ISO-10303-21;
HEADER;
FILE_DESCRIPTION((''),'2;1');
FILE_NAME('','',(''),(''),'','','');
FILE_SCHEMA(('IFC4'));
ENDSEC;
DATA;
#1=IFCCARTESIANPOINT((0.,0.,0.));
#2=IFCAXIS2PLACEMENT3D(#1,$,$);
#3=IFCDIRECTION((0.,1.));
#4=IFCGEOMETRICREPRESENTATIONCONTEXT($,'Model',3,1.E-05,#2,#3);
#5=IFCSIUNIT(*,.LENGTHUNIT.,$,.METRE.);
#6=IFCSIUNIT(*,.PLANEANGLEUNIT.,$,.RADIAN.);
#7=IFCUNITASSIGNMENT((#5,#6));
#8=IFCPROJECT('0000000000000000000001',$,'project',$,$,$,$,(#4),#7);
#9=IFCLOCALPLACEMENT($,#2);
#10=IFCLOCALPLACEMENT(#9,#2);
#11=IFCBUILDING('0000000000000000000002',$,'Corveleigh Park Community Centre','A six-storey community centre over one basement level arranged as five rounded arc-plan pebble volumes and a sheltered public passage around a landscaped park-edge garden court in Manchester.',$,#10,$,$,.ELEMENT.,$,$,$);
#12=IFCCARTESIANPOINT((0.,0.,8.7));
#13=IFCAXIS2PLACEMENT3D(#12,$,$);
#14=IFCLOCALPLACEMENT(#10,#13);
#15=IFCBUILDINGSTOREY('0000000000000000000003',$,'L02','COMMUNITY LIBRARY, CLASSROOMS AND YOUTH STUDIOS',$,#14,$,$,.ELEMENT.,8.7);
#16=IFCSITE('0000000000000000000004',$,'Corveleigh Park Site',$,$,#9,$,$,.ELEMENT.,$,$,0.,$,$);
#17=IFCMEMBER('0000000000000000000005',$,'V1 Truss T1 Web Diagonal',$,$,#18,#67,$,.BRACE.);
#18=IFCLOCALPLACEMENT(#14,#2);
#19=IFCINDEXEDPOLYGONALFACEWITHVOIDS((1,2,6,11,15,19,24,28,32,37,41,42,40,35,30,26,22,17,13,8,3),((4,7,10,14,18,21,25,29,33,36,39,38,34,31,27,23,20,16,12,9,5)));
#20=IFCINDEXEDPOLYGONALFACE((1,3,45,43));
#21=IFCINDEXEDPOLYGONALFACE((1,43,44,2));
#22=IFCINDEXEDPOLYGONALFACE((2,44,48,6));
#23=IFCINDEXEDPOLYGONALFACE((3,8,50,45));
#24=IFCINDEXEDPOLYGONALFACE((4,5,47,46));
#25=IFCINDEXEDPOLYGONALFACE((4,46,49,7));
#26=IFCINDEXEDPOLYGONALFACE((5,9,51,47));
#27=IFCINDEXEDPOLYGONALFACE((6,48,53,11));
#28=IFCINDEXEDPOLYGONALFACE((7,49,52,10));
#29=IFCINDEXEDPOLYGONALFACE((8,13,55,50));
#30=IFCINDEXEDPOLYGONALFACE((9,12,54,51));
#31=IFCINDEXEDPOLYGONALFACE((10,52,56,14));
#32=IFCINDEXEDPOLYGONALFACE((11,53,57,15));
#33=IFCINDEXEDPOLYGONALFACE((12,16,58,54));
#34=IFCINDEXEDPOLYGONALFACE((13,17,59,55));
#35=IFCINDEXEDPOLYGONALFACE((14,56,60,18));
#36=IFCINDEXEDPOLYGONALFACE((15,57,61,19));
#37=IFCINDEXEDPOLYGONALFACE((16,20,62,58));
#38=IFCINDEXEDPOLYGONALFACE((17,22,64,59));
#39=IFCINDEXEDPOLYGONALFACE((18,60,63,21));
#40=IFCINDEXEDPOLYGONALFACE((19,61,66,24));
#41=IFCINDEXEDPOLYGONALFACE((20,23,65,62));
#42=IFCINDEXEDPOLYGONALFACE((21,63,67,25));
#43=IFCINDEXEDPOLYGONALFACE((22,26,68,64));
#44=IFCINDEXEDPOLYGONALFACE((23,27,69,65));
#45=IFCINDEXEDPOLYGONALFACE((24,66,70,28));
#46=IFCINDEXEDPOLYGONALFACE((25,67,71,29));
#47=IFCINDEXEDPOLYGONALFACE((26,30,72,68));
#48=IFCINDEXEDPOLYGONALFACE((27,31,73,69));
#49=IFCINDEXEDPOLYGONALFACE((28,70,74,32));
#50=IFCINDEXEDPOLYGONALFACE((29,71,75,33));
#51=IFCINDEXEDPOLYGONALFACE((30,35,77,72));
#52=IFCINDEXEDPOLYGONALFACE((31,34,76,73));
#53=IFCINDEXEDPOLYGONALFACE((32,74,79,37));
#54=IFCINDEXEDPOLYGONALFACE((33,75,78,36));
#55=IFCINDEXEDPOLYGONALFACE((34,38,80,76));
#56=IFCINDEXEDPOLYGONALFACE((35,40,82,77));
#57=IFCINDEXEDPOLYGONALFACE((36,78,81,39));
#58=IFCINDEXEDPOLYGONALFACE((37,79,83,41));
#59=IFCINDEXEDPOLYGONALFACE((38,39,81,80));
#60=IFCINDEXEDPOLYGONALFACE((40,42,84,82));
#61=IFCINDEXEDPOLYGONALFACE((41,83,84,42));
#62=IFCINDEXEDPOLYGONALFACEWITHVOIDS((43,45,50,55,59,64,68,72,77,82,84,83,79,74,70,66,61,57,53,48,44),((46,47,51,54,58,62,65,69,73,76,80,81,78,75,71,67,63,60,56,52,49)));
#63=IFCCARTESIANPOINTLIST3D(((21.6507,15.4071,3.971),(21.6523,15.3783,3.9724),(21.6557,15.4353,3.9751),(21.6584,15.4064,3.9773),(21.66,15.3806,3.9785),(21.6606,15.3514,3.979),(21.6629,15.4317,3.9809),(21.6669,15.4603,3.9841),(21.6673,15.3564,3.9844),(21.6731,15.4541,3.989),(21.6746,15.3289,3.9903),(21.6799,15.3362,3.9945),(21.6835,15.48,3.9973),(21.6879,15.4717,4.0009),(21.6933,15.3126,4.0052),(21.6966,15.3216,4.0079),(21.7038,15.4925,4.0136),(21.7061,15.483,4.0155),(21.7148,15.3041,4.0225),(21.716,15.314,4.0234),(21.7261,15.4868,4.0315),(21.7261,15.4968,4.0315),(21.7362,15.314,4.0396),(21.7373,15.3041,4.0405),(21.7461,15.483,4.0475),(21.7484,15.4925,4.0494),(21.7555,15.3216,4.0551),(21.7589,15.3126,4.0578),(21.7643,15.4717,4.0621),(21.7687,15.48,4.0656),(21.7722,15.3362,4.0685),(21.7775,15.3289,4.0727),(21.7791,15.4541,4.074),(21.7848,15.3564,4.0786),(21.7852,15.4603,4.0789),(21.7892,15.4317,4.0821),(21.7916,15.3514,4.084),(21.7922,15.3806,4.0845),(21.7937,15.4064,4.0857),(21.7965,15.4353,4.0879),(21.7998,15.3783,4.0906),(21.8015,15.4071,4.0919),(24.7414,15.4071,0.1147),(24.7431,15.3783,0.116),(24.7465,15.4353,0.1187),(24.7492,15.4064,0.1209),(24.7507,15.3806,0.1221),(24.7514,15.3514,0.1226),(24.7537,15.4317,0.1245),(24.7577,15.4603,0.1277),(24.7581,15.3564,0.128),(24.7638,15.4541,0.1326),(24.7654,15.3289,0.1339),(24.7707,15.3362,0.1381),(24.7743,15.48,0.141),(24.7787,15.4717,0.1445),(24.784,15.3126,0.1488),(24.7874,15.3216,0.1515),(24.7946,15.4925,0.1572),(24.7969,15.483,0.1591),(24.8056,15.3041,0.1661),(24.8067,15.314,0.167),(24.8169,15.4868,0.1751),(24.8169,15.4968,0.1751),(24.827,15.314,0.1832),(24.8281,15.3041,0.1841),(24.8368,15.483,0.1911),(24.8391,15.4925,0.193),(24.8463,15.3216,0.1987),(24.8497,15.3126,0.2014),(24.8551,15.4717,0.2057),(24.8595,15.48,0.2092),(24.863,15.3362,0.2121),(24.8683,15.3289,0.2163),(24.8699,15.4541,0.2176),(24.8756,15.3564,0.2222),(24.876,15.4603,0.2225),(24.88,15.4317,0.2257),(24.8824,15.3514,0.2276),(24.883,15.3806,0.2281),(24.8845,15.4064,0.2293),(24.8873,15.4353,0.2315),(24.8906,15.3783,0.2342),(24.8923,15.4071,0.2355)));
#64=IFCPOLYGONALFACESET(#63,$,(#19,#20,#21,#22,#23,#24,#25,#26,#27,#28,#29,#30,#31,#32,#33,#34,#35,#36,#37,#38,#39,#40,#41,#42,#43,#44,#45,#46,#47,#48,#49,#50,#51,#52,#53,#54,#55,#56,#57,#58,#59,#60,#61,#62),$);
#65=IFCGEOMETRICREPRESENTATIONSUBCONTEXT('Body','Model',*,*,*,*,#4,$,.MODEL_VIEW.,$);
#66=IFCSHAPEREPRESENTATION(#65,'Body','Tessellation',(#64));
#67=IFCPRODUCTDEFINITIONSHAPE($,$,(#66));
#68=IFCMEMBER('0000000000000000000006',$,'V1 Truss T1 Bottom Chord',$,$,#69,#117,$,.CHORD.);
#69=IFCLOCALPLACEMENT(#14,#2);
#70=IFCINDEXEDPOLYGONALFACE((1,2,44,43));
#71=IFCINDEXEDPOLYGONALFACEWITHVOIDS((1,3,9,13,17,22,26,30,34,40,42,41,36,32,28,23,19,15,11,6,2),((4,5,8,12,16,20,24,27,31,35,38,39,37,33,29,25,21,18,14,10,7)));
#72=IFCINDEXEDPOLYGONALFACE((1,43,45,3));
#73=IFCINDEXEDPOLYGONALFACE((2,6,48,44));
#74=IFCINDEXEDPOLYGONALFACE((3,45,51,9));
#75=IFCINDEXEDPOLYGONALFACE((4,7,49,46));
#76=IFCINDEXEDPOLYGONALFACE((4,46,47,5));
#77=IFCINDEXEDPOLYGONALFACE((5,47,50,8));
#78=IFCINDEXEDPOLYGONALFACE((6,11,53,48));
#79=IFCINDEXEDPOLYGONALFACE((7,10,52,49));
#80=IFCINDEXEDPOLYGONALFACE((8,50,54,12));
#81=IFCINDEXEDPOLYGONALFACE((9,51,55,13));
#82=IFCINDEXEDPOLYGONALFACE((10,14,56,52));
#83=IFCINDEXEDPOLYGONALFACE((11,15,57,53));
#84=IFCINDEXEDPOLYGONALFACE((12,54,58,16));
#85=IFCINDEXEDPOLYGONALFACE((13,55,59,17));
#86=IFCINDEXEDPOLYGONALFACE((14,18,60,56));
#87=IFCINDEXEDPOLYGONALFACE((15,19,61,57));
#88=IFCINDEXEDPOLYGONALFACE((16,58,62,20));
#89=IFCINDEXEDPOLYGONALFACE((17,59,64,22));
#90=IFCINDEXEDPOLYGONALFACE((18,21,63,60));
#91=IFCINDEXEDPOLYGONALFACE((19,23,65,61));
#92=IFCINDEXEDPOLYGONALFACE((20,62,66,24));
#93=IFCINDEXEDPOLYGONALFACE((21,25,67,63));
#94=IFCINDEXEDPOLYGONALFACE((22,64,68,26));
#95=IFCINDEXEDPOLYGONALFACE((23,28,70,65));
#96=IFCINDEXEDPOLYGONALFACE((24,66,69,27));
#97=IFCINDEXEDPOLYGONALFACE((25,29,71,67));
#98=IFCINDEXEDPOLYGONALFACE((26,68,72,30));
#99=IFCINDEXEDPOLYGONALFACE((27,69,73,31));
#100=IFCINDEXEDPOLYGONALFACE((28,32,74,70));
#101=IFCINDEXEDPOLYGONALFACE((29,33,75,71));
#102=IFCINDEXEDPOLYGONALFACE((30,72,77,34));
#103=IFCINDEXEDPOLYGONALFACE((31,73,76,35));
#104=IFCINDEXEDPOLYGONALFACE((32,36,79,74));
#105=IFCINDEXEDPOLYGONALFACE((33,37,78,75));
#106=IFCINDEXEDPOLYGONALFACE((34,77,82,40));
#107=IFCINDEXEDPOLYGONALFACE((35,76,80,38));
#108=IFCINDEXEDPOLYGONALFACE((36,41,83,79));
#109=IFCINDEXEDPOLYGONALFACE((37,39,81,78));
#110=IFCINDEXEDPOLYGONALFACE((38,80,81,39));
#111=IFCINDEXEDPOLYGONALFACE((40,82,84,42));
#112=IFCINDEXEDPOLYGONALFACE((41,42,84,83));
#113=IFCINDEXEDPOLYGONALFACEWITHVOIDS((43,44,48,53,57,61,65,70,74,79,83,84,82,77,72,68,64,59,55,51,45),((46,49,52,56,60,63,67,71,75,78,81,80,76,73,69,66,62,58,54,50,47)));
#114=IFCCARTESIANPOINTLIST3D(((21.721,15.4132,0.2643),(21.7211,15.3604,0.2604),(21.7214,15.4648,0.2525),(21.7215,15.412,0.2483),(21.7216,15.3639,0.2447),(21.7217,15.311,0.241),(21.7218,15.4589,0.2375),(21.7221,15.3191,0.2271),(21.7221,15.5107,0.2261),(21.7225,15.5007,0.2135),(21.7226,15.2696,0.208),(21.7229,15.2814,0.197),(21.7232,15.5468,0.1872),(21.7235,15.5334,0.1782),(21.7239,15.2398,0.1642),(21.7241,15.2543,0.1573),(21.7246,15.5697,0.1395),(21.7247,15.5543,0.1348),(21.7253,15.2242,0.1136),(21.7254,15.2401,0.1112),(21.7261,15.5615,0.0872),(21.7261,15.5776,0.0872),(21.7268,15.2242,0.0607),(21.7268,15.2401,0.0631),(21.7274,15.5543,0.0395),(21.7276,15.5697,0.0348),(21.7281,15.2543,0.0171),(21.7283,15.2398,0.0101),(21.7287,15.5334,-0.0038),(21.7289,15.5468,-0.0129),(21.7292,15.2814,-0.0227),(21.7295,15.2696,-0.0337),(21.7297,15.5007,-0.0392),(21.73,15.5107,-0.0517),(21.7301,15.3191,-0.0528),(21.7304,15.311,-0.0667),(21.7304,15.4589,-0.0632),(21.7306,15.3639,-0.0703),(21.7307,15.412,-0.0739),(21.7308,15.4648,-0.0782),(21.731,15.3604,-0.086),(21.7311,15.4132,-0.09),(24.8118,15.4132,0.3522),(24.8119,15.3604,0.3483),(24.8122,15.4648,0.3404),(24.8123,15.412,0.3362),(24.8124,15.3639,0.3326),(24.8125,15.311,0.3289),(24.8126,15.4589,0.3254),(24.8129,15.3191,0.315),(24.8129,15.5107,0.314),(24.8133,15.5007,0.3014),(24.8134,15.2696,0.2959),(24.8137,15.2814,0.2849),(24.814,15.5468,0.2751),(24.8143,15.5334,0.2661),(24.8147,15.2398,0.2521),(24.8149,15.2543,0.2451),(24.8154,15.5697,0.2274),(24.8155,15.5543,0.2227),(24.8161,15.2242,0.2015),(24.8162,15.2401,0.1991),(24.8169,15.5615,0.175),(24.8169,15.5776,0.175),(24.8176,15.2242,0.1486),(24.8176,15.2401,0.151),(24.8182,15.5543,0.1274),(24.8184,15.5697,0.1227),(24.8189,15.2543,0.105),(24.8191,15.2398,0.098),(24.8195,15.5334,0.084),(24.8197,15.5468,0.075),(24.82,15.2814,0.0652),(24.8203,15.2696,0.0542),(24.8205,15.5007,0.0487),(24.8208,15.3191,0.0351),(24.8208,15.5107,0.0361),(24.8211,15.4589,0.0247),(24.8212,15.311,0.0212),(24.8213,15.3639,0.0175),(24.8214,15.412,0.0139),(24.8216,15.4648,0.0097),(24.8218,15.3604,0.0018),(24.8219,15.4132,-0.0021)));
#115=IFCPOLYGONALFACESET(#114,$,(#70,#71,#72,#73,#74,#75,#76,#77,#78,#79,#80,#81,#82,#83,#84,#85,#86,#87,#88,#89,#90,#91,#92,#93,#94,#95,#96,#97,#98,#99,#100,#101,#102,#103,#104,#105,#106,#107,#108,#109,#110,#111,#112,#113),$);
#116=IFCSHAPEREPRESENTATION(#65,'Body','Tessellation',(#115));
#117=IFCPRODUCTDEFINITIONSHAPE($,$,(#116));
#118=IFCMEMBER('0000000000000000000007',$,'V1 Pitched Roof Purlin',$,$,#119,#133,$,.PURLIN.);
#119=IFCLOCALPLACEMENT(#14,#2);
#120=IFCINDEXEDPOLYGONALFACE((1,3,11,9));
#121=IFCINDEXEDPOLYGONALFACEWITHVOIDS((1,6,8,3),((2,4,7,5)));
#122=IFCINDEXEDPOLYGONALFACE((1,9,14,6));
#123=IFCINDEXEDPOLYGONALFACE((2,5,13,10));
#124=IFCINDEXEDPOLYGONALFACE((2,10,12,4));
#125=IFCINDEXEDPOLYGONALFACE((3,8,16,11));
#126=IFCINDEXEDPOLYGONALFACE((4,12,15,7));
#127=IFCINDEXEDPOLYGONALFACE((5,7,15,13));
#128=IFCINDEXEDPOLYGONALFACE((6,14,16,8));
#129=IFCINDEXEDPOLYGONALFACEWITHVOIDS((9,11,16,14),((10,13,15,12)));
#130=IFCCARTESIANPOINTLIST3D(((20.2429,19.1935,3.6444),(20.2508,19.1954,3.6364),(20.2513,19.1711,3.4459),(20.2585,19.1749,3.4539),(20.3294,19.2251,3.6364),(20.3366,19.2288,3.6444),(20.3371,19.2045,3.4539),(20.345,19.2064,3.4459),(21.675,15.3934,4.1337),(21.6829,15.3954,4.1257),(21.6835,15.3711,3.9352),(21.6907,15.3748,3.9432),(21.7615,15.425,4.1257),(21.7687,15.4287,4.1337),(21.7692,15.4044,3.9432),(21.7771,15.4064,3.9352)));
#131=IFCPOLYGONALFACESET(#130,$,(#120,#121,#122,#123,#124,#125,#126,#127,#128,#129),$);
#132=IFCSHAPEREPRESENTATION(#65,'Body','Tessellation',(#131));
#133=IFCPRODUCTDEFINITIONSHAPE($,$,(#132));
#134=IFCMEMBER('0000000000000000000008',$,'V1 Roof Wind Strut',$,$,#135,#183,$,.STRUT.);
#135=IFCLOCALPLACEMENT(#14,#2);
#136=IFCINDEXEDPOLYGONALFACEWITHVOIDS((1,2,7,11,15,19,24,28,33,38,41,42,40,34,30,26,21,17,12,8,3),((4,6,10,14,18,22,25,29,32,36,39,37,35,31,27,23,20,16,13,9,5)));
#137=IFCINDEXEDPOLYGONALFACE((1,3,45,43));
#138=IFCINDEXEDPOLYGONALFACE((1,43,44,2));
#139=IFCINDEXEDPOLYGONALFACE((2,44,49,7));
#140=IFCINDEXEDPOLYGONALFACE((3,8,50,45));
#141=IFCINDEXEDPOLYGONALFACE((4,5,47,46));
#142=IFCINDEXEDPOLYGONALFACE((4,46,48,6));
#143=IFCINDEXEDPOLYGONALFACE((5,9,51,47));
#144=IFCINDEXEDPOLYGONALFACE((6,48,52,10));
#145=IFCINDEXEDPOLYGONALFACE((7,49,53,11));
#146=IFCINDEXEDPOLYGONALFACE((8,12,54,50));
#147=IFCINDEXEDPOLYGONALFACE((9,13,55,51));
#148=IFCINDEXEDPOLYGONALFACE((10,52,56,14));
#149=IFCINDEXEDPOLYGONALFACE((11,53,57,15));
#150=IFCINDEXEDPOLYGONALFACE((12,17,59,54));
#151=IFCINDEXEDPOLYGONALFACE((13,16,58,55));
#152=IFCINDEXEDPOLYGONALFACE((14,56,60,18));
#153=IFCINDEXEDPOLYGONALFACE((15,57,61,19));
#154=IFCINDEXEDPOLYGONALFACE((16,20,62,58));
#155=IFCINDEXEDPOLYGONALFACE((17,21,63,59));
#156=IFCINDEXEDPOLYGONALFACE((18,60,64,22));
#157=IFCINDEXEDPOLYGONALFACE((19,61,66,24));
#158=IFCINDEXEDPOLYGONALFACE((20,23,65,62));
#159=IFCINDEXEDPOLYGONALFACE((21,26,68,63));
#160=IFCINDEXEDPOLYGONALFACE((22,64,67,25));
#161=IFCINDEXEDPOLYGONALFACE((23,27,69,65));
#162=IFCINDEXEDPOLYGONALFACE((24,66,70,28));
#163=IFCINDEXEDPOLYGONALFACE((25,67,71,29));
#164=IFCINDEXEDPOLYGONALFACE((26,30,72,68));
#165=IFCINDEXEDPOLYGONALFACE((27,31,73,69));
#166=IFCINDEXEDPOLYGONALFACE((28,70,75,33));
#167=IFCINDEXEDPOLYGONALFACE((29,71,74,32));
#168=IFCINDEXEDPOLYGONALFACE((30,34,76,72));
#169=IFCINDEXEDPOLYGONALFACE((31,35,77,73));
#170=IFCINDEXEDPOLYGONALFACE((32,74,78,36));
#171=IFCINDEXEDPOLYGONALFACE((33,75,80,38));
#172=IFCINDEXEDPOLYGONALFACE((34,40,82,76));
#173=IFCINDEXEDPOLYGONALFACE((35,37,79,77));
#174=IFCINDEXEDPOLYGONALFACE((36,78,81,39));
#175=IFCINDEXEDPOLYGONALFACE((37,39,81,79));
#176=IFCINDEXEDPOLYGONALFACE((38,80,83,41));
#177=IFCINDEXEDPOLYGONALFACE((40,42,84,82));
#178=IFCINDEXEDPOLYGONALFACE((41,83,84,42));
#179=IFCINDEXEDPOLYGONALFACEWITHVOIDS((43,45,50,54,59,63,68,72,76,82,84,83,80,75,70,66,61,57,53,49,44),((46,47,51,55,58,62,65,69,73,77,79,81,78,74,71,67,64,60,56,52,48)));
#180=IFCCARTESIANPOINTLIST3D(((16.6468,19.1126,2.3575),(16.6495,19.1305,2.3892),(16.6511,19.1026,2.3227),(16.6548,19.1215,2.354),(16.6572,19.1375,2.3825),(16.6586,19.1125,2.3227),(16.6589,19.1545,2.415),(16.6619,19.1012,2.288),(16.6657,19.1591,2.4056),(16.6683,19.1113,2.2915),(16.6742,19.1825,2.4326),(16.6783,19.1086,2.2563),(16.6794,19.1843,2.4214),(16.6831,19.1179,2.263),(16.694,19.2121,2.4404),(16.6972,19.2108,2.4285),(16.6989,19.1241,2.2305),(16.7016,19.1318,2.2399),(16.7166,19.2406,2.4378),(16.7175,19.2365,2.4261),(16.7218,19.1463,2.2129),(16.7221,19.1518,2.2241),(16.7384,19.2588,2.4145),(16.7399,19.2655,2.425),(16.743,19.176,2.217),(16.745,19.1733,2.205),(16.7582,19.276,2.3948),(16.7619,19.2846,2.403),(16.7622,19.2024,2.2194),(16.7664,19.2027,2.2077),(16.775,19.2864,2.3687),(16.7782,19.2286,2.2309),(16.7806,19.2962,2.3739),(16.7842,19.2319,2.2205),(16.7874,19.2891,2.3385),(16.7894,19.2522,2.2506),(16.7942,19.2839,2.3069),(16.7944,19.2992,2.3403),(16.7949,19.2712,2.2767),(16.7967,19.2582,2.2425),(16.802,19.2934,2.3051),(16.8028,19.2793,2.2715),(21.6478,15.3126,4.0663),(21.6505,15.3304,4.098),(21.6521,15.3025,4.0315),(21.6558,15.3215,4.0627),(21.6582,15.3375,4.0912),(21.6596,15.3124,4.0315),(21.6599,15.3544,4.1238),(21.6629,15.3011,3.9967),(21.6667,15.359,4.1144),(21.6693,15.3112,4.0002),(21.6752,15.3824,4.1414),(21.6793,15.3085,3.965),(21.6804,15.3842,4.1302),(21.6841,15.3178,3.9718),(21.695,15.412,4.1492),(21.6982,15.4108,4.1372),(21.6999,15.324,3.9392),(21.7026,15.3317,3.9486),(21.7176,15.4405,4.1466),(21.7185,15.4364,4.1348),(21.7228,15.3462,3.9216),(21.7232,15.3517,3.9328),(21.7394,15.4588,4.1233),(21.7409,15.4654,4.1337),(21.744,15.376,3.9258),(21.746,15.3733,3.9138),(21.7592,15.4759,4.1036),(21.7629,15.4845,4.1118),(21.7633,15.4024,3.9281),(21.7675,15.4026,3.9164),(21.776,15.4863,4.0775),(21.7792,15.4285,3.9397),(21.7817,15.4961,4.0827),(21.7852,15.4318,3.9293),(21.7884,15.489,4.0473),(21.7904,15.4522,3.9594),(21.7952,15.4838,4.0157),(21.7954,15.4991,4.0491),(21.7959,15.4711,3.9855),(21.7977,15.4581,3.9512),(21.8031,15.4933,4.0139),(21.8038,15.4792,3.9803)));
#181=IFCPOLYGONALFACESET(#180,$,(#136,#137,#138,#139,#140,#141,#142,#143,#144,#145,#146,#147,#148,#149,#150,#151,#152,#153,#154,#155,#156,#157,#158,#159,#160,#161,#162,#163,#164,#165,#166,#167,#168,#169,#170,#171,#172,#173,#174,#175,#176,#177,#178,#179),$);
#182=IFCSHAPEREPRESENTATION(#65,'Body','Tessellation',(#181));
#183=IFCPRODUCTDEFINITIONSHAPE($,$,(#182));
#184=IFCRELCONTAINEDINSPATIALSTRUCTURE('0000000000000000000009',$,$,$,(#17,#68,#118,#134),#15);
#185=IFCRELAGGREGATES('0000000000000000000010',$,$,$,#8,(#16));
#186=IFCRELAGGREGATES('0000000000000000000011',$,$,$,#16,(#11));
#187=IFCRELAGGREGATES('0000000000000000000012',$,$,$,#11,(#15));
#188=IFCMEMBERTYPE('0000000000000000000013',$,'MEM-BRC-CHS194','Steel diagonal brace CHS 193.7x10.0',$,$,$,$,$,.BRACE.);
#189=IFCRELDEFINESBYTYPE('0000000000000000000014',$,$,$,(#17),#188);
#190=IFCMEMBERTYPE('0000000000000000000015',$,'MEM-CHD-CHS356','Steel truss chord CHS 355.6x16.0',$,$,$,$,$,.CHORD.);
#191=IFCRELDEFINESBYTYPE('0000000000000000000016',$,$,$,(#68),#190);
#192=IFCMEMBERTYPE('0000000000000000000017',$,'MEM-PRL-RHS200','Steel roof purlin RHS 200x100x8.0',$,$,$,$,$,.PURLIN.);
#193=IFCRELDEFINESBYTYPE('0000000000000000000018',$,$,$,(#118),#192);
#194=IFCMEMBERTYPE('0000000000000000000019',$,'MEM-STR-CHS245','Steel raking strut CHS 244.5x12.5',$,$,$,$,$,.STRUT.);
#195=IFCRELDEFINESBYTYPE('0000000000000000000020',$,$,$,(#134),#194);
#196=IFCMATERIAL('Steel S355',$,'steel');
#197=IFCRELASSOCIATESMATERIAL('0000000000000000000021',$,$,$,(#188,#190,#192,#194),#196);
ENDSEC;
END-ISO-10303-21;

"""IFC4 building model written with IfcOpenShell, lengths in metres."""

from ifc_helpers import new_model, si_unit, direction, frame, origin, origin_2d, place, context, subcontext, project, spatial, hollow_rectangle, hollow_circle, extrude, material, material_profile, profile_set, type_object, element, save


model = new_model("IFC4")

# Units and contexts
model_context = context("Model", 3, precision=1e-05, world=origin(), true_north=direction((0.0, 1.0)))
body_context = subcontext(model_context, "Body", "Model", "MODEL_VIEW")
ifc_project = project(units=[si_unit("LENGTHUNIT", "METRE"), si_unit("PLANEANGLEUNIT", "RADIAN")], contexts=[model_context])

# Site, building, storey
site_placement = place(None, origin())
site = spatial("IfcSite", under=ifc_project, at=site_placement, Name="Corveleigh Park Site", CompositionType="ELEMENT", RefElevation=0.0)
building_placement = place(site_placement, origin())
building = spatial("IfcBuilding", under=site, at=building_placement, Name="Corveleigh Park Community Centre", Description="A six-storey community centre over one basement level arranged as five rounded arc-plan pebble volumes and a sheltered public passage around a landscaped park-edge garden court in Manchester.", CompositionType="ELEMENT")
storey_placement = place(building_placement, frame((0.0, 0.0, 8.7)))
storey = spatial("IfcBuildingStorey", under=building, at=storey_placement, Name="L02", Description="COMMUNITY LIBRARY, CLASSROOMS AND YOUTH STUDIOS", CompositionType="ELEMENT", Elevation=8.7)

# Members
ifc_material_1 = material(Name="Steel S355", Category="steel")
ifc_material_profile_1 = material_profile(ifc_material_1, hollow_circle(Radius=0.0969, WallThickness=0.01, at=origin_2d()), Name="CHS 193.7x10.0", Category="steel")
ifc_profile_set_1 = profile_set([ifc_material_profile_1], Name="Steel S355")
member_type_1 = type_object("IfcMemberType", Name="MEM-BRC-CHS194", Description="Steel diagonal brace CHS 193.7x10.0", PredefinedType="BRACE", material=ifc_profile_set_1)
member_1_placement = place(storey_placement, frame((21.7261, 15.3999, 4.0315), z_axis=(0.625394, 0.0, -0.780309), x_axis=(0.0, 1.0, 0.0)))
element("IfcMember", 1, at=member_1_placement, inside=storey, type_object=member_type_1, Name="V1 Truss T1 Web Diagonal", PredefinedType="BRACE", context=body_context, shape_type="SweptSolid", body=[
    extrude(hollow_circle(Radius=0.0969, WallThickness=0.01, at=origin_2d()), origin(), (0.0, 0.0, 1.0), 4.9421),
])
ifc_material_profile_2 = material_profile(ifc_material_1, hollow_circle(Radius=0.1777, WallThickness=0.0161, at=origin_2d()), Name="CHS 355.6x16.0", Category="steel")
ifc_profile_set_2 = profile_set([ifc_material_profile_2], Name="Steel S355")
member_type_2 = type_object("IfcMemberType", Name="MEM-CHD-CHS356", Description="Steel truss chord CHS 355.6x16.0", PredefinedType="CHORD", material=ifc_profile_set_2)
member_2_placement = place(storey_placement, frame((21.7261, 15.3999, 0.0872), z_axis=(0.999596, 0.0, 0.028425), x_axis=(0.0, 1.0, 0.0)))
element("IfcMember", 2, at=member_2_placement, inside=storey, type_object=member_type_2, Name="V1 Truss T1 Bottom Chord", PredefinedType="CHORD", context=body_context, shape_type="SweptSolid", body=[
    extrude(hollow_circle(Radius=0.1777, WallThickness=0.0161, at=origin_2d()), origin(), (0.0, 0.0, 1.0), 3.092),
])
ifc_material_profile_3 = material_profile(ifc_material_1, hollow_rectangle(XDim=0.1001, YDim=0.2, WallThickness=0.0081, at=origin_2d()), Name="RHS 200x100x8.0", Category="steel")
ifc_profile_set_3 = profile_set([ifc_material_profile_3], Name="Steel S355")
member_type_3 = type_object("IfcMemberType", Name="MEM-PRL-RHS200", Description="Steel roof purlin RHS 200x100x8.0", PredefinedType="PURLIN", material=ifc_profile_set_3)
member_3_placement = place(storey_placement, frame((21.7261, 15.3999, 4.0344), z_axis=(-0.350126, 0.929034, -0.119614), x_axis=(-0.935752, -0.352658, 0.0)))
element("IfcMember", 3, at=member_3_placement, inside=storey, type_object=member_type_3, Name="V1 Pitched Roof Purlin", PredefinedType="PURLIN", context=body_context, shape_type="SweptSolid", body=[
    extrude(hollow_rectangle(XDim=0.1001, YDim=0.2, WallThickness=0.0081, at=origin_2d()), origin(), (0.0, 0.0, 1.0), 4.0903),
])
ifc_material_profile_4 = material_profile(ifc_material_1, hollow_circle(Radius=0.1223, WallThickness=0.0125, at=origin_2d()), Name="CHS 244.5x12.5", Category="steel")
ifc_profile_set_4 = profile_set([ifc_material_profile_4], Name="Steel S355")
member_type_4 = type_object("IfcMemberType", Name="MEM-STR-CHS245", Description="Steel raking strut CHS 244.5x12.5", PredefinedType="STRUT", material=ifc_profile_set_4)
member_4_placement = place(storey_placement, frame((21.7261, 15.3999, 4.0315), z_axis=(-0.768291, 0.583795, -0.262511), x_axis=(-0.605013, -0.796215, 0.0)))
element("IfcMember", 4, at=member_4_placement, inside=storey, type_object=member_type_4, Name="V1 Roof Wind Strut", PredefinedType="STRUT", context=body_context, shape_type="SweptSolid", body=[
    extrude(hollow_circle(Radius=0.1223, WallThickness=0.0125, at=origin_2d()), origin(), (0.0, 0.0, 1.0), 6.5093),
])

save(model, "model.ifc")
